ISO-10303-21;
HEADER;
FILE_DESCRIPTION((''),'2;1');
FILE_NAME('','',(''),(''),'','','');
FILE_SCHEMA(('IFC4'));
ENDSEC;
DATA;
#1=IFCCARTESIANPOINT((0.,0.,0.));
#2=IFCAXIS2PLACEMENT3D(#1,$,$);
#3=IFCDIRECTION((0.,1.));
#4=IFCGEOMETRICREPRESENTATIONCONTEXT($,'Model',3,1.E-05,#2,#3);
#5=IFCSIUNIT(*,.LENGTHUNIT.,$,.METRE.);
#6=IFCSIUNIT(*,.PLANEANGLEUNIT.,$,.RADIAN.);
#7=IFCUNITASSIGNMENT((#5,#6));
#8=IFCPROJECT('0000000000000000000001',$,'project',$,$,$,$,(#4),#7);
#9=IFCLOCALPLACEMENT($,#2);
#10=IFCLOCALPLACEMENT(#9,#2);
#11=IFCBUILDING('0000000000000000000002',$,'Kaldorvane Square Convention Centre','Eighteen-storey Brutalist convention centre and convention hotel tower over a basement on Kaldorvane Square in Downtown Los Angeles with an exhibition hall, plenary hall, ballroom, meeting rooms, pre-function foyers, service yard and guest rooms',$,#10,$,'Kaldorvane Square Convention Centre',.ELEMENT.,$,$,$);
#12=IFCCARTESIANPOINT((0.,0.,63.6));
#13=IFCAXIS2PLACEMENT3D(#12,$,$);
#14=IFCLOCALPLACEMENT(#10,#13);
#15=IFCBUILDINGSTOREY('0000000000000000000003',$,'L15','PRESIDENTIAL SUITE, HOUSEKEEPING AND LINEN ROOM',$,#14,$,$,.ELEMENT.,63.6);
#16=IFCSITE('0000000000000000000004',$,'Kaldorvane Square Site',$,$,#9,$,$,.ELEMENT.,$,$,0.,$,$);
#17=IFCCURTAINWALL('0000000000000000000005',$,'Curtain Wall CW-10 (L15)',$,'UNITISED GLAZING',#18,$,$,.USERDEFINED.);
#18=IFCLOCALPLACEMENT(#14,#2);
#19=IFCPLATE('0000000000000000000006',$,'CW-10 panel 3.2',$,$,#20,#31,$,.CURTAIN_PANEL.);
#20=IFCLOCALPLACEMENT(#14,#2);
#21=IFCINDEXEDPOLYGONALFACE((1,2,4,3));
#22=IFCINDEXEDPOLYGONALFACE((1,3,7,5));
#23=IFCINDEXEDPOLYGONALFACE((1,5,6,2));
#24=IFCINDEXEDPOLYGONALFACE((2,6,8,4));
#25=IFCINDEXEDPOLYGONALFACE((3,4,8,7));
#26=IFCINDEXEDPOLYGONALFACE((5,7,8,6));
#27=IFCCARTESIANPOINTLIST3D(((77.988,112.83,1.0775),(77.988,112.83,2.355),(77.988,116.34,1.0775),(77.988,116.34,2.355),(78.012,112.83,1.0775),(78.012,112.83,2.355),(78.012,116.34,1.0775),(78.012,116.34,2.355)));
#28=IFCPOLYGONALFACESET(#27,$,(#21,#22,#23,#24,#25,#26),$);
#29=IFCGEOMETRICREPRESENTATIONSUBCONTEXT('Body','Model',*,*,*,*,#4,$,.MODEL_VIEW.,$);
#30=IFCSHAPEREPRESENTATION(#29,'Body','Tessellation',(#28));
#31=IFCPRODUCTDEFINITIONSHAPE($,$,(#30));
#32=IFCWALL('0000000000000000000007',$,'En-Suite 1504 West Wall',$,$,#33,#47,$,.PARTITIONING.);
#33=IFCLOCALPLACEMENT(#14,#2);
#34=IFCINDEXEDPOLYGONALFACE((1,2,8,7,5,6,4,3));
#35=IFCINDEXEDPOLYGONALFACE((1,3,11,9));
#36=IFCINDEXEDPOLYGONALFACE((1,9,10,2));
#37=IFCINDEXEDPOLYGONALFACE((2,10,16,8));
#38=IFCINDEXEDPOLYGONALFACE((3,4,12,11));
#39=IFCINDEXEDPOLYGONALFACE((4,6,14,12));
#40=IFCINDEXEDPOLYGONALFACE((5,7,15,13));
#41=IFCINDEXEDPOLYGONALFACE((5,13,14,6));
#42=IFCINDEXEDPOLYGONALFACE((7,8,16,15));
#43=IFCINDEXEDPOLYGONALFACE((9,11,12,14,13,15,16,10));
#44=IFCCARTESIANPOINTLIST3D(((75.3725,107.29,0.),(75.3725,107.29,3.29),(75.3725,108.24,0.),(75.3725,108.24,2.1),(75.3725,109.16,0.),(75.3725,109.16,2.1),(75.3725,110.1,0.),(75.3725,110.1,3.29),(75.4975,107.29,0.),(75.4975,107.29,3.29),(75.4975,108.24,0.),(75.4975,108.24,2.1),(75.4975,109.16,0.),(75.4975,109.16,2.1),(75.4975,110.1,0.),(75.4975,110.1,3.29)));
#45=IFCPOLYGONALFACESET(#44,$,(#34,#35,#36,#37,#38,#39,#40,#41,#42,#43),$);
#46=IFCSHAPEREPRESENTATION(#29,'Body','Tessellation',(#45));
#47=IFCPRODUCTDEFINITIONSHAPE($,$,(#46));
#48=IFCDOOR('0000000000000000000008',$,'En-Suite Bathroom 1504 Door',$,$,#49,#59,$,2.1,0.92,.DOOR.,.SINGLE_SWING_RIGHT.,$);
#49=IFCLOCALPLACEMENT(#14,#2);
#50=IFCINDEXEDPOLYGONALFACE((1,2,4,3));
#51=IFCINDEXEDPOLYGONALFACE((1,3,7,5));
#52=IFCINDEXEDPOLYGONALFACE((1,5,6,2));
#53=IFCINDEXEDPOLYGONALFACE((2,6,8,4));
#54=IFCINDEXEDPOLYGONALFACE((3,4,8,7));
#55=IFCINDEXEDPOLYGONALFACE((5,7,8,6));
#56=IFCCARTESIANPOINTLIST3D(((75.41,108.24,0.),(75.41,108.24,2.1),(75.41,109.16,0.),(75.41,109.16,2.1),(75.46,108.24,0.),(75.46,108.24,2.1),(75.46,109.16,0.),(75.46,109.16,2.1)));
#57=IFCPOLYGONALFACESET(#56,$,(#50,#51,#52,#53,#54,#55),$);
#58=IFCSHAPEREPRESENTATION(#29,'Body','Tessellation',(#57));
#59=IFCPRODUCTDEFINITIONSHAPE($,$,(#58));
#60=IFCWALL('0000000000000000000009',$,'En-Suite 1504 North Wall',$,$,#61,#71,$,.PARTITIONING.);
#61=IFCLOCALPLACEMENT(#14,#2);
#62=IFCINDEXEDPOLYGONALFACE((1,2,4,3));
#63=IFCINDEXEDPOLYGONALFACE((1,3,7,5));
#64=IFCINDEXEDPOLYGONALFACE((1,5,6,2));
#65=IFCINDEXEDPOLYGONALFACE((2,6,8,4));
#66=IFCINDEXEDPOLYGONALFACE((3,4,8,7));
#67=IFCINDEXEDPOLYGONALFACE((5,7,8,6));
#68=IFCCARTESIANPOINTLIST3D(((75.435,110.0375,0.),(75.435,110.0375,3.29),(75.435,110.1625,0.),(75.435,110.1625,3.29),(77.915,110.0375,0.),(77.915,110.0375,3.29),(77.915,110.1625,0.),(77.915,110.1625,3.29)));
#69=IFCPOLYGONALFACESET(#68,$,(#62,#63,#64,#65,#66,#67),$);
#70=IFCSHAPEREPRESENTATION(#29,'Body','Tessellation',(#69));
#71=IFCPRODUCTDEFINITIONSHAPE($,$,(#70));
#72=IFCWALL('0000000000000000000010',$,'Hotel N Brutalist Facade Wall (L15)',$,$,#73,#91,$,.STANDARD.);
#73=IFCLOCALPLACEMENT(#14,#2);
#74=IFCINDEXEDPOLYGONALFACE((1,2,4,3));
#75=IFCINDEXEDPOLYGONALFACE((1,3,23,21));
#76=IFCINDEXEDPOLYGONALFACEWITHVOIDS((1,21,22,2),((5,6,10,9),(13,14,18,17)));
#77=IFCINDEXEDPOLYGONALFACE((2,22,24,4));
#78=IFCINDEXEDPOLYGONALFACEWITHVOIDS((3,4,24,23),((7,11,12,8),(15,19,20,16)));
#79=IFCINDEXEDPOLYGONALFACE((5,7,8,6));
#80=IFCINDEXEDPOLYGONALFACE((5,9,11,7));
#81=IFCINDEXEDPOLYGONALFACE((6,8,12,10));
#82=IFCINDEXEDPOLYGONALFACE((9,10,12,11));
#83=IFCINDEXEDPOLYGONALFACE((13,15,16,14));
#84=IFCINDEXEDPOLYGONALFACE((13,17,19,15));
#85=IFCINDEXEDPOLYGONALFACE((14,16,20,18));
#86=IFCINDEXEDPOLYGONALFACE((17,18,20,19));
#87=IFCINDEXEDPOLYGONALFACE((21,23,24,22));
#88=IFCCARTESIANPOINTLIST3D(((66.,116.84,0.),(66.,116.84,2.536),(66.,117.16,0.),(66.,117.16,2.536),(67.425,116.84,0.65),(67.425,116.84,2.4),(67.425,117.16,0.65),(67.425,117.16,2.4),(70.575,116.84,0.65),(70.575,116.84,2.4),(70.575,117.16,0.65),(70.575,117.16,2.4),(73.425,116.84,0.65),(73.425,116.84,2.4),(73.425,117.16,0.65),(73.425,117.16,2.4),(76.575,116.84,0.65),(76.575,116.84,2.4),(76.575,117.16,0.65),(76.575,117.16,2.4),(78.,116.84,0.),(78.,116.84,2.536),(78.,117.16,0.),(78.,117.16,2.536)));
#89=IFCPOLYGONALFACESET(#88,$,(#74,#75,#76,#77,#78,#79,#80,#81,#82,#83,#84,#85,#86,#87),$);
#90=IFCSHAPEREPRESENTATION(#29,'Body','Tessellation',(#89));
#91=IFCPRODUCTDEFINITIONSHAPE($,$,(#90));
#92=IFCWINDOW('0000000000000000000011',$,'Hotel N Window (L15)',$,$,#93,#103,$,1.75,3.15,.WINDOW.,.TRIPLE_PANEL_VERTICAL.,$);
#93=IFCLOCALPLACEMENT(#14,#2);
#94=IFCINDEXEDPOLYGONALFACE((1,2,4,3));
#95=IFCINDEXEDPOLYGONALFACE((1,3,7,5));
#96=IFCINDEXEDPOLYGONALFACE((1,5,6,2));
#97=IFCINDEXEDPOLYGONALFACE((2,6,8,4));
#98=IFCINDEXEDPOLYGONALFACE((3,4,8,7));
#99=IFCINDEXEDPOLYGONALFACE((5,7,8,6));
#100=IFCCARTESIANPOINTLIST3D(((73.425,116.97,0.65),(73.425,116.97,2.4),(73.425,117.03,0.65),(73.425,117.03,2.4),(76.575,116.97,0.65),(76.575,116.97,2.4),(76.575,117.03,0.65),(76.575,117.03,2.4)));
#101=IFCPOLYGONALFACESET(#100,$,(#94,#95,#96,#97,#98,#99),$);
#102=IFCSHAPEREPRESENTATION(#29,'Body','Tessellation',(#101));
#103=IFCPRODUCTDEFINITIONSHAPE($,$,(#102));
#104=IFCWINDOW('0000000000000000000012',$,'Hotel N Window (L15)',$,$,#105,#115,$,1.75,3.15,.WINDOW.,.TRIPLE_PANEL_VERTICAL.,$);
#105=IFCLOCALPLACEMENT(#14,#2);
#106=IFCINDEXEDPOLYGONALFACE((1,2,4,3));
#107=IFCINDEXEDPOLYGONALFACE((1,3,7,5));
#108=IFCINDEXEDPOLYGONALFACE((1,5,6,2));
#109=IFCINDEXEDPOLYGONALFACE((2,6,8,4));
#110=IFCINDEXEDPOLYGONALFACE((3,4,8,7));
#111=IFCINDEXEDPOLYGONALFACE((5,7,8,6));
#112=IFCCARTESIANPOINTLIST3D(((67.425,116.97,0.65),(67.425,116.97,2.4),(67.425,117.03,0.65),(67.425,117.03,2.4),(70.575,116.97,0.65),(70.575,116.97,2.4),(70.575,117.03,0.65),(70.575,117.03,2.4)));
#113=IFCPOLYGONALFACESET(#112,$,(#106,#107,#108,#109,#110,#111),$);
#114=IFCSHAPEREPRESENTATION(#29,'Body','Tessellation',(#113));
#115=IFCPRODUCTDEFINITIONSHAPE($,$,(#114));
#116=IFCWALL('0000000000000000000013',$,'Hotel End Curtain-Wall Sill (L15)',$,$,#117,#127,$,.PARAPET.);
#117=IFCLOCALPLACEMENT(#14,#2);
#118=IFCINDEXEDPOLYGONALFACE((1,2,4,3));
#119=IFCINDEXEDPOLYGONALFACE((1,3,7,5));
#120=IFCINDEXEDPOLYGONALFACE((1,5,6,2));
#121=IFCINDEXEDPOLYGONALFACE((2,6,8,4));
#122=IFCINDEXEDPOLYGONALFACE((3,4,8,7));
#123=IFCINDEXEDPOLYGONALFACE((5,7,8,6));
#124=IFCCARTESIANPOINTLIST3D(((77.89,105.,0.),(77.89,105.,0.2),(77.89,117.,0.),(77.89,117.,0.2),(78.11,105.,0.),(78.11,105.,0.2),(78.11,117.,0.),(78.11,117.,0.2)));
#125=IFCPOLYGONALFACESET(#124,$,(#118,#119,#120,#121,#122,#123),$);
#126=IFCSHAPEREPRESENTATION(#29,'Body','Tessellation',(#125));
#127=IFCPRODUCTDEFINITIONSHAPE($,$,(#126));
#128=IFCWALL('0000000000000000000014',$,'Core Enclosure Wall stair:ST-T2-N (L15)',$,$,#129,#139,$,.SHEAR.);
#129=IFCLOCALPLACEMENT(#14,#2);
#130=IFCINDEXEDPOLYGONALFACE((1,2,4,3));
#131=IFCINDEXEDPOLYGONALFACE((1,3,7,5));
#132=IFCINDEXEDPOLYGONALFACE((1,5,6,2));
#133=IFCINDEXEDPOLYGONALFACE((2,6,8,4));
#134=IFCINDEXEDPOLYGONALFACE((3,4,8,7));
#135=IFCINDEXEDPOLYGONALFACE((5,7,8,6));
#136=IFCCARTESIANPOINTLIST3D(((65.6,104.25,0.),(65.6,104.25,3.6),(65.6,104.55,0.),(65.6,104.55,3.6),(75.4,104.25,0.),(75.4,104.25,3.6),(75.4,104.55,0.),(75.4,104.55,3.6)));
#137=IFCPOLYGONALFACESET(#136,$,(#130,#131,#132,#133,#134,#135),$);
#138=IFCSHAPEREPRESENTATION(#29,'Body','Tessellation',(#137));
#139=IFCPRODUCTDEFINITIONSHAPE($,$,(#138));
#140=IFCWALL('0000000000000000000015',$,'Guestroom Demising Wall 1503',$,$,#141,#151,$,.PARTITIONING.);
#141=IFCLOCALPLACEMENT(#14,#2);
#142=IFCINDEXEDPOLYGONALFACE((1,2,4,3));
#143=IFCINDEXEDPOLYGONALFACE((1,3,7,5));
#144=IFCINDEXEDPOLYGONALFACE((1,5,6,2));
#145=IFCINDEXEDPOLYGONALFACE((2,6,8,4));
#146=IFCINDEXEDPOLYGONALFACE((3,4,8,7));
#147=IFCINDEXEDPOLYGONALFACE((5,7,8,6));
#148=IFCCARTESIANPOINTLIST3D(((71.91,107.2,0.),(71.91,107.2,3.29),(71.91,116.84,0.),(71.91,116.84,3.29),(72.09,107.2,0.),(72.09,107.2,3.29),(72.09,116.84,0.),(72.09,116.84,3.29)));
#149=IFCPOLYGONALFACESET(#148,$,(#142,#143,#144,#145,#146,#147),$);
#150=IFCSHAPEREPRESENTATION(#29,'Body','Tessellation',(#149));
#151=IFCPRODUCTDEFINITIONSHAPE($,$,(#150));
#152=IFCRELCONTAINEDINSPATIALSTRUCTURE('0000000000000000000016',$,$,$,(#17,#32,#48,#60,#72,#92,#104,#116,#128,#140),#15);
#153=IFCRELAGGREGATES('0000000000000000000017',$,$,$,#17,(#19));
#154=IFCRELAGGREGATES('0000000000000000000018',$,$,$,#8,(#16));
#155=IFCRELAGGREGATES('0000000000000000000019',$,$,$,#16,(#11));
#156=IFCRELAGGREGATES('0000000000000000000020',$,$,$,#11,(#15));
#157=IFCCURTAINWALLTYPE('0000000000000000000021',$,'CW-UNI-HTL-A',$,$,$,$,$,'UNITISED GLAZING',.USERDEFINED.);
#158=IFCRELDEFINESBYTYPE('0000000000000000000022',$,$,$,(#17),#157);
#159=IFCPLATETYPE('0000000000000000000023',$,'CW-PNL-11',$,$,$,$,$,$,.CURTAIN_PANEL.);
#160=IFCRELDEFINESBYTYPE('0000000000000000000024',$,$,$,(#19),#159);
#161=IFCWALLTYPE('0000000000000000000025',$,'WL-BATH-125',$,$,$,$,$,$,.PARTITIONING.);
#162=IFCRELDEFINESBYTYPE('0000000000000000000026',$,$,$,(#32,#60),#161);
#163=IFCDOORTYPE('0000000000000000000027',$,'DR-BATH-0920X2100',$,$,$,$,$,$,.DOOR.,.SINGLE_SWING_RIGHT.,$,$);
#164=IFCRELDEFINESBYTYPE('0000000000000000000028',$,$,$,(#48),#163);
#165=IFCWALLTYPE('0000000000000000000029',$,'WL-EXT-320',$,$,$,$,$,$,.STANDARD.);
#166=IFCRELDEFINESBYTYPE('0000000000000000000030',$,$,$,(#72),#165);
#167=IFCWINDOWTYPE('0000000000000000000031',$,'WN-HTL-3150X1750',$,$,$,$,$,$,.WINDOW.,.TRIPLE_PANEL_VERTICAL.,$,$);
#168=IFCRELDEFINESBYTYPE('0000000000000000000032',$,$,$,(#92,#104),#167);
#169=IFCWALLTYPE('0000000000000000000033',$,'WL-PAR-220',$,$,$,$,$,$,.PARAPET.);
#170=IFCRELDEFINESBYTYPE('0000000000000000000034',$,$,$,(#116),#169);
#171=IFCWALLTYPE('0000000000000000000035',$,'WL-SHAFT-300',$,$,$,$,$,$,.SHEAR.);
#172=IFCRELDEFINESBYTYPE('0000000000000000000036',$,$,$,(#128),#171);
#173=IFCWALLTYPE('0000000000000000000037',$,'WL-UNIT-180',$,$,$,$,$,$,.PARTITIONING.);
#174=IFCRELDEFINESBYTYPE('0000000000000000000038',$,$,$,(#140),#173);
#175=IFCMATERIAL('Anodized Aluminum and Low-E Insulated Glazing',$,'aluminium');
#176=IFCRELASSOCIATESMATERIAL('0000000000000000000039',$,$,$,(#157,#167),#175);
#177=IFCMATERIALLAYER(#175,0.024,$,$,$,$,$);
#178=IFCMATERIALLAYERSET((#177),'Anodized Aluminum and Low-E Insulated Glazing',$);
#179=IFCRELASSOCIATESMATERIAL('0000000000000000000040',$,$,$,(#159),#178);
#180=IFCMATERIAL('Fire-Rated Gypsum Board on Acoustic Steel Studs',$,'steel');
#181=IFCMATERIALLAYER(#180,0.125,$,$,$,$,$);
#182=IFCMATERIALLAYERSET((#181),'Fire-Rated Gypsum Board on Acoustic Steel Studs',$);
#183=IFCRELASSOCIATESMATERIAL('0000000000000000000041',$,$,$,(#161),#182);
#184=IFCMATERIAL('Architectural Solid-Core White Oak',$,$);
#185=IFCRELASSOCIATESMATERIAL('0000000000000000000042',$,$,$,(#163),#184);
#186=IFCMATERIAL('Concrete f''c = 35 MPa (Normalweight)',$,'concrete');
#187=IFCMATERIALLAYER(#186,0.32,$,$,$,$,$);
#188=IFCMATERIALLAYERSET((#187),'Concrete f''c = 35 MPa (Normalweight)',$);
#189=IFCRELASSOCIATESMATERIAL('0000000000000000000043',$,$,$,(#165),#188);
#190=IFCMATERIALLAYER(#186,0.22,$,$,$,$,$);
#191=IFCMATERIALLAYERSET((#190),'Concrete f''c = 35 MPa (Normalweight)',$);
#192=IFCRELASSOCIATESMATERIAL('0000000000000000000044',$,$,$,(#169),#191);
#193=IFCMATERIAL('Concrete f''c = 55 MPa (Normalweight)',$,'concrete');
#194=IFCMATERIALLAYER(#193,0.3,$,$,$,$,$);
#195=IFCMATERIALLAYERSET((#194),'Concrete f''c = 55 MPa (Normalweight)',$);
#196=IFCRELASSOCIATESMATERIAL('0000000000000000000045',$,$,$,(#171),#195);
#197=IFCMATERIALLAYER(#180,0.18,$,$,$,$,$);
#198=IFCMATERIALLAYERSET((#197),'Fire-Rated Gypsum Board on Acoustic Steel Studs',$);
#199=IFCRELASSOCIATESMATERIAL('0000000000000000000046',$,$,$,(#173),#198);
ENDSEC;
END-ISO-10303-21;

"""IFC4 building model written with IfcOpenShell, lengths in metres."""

from ifc_helpers import new_model, si_unit, direction, frame, frame_2d, origin, origin_2d, place, context, subcontext, project, spatial, rectangle, extrude, material, layer, layer_set, type_object, element, fill, aggregate, save


model = new_model("IFC4")

# Units and contexts
model_context = context("Model", 3, precision=1e-05, world=origin(), true_north=direction((0.0, 1.0)))
body_context = subcontext(model_context, "Body", "Model", "MODEL_VIEW")
ifc_project = project(units=[si_unit("LENGTHUNIT", "METRE"), si_unit("PLANEANGLEUNIT", "RADIAN")], contexts=[model_context])

# Site, building, storey
site_placement = place(None, origin())
site = spatial("IfcSite", under=ifc_project, at=site_placement, Name="Kaldorvane Square Site", CompositionType="ELEMENT", RefElevation=0.0)
building_placement = place(site_placement, origin())
building = spatial("IfcBuilding", under=site, at=building_placement, Name="Kaldorvane Square Convention Centre", Description="Eighteen-storey Brutalist convention centre and convention hotel tower over a basement on Kaldorvane Square in Downtown Los Angeles with an exhibition hall, plenary hall, ballroom, meeting rooms, pre-function foyers, service yard and guest rooms", LongName="Kaldorvane Square Convention Centre", CompositionType="ELEMENT")
storey_placement = place(building_placement, frame((0.0, 0.0, 63.6)))
storey = spatial("IfcBuildingStorey", under=building, at=storey_placement, Name="L15", Description="PRESIDENTIAL SUITE, HOUSEKEEPING AND LINEN ROOM", CompositionType="ELEMENT", Elevation=63.6)

# Curtain wall, plate
ifc_material_1 = material(Name="Anodized Aluminum and Low-E Insulated Glazing", Category="aluminium")
curtain_wall_type = type_object("IfcCurtainWallType", Name="CW-UNI-HTL-A", ElementType="UNITISED GLAZING", PredefinedType="USERDEFINED", material=ifc_material_1)
curtain_wall_placement = place(storey_placement, origin())
curtain_wall = element("IfcCurtainWall", 1, at=curtain_wall_placement, inside=storey, type_object=curtain_wall_type, Name="Curtain Wall CW-10 (L15)", ObjectType="UNITISED GLAZING", PredefinedType="USERDEFINED")
ifc_layer_1 = layer(ifc_material_1, 0.024)
ifc_layer_set_1 = layer_set([ifc_layer_1], Name="Anodized Aluminum and Low-E Insulated Glazing")
plate_type = type_object("IfcPlateType", Name="CW-PNL-11", PredefinedType="CURTAIN_PANEL", material=ifc_layer_set_1)
plate_1_placement = place(storey_placement, frame((78.0, 114.585, 1.0775), z_axis=(0.0, 0.0, 1.0), x_axis=(0.0, 1.0, 0.0)))
plate_1 = element("IfcPlate", 2, at=plate_1_placement, type_object=plate_type, Name="CW-10 panel 3.2", PredefinedType="CURTAIN_PANEL", context=body_context, shape_type="SweptSolid", body=[
    extrude(rectangle(XDim=3.51, YDim=0.024, at=origin_2d()), origin(), (0.0, 0.0, 1.0), 1.2775),
])
aggregate(curtain_wall, [plate_1])

# Wall, opening, door
ifc_material_2 = material(Name="Fire-Rated Gypsum Board on Acoustic Steel Studs", Category="steel")
ifc_layer_2 = layer(ifc_material_2, 0.125)
ifc_layer_set_2 = layer_set([ifc_layer_2], Name="Fire-Rated Gypsum Board on Acoustic Steel Studs")
wall_type_1 = type_object("IfcWallType", Name="WL-BATH-125", PredefinedType="PARTITIONING", material=ifc_layer_set_2)
wall_1_placement = place(storey_placement, frame((75.435, 107.29, 0.0), z_axis=(0.0, 0.0, 1.0), x_axis=(0.0, 1.0, 0.0)))
wall_1 = element("IfcWall", 3, at=wall_1_placement, inside=storey, type_object=wall_type_1, Name="En-Suite 1504 West Wall", PredefinedType="PARTITIONING", context=body_context, shape_type="SweptSolid", body=[
    extrude(rectangle(XDim=2.81, YDim=0.125, at=frame_2d((1.405, 0.0))), origin(), (0.0, 0.0, 1.0), 3.29),
])
opening_1_placement = place(wall_1_placement, frame((0.95, 0.0, 0.0)))
opening_1 = element("IfcOpeningElement", 4, at=opening_1_placement, cuts=wall_1, PredefinedType="OPENING", context=body_context, shape_type="SweptSolid", body=[
    extrude(rectangle(XDim=0.92, YDim=2.1, at=frame_2d((0.46, 1.05))), frame((0.0, 0.0775, 0.0), z_axis=(0.0, -1.0, 0.0), x_axis=(1.0, 0.0, 0.0)), (0.0, 0.0, 1.0), 0.155),
])
ifc_material_3 = material(Name="Architectural Solid-Core White Oak")
door_type_1 = type_object("IfcDoorType", Name="DR-BATH-0920X2100", OperationType="SINGLE_SWING_RIGHT", PredefinedType="DOOR", material=ifc_material_3)
door_1_placement = place(opening_1_placement, origin())
door_1 = element("IfcDoor", 5, at=door_1_placement, inside=storey, type_object=door_type_1, Name="En-Suite Bathroom 1504 Door", OperationType="SINGLE_SWING_RIGHT", OverallHeight=2.1, OverallWidth=0.92, PredefinedType="DOOR", context=body_context, shape_type="SweptSolid", body=[
    extrude(rectangle(XDim=0.92, YDim=2.1, at=frame_2d((0.46, 1.05))), frame((0.0, 0.025, 0.0), z_axis=(0.0, -1.0, 0.0), x_axis=(1.0, 0.0, 0.0)), (0.0, 0.0, 1.0), 0.05),
])
fill(opening_1, door_1)

# Wall
wall_2_placement = place(storey_placement, frame((75.435, 110.1, 0.0), z_axis=(0.0, 0.0, 1.0), x_axis=(1.0, 0.0, 0.0)))
element("IfcWall", 6, at=wall_2_placement, inside=storey, type_object=wall_type_1, Name="En-Suite 1504 North Wall", PredefinedType="PARTITIONING", context=body_context, shape_type="SweptSolid", body=[
    extrude(rectangle(XDim=2.48, YDim=0.125, at=frame_2d((1.24, 0.0))), origin(), (0.0, 0.0, 1.0), 3.29),
])

# Wall, openings, windows
ifc_material_4 = material(Name="Concrete f'c = 35 MPa (Normalweight)", Category="concrete")
ifc_layer_3 = layer(ifc_material_4, 0.32)
ifc_layer_set_3 = layer_set([ifc_layer_3], Name="Concrete f'c = 35 MPa (Normalweight)")
wall_type_2 = type_object("IfcWallType", Name="WL-EXT-320", PredefinedType="STANDARD", material=ifc_layer_set_3)
wall_3_placement = place(storey_placement, frame((78.0, 117.0, 0.0), z_axis=(0.0, 0.0, 1.0), x_axis=(-1.0, 0.0, 0.0)))
wall_3 = element("IfcWall", 7, at=wall_3_placement, inside=storey, type_object=wall_type_2, Name="Hotel N Brutalist Facade Wall (L15)", PredefinedType="STANDARD", context=body_context, shape_type="SweptSolid", body=[
    extrude(rectangle(XDim=12.0, YDim=0.32, at=frame_2d((6.0, 0.0))), origin(), (0.0, 0.0, 1.0), 2.536),
])
opening_2_placement = place(wall_3_placement, frame((1.425, 0.0, 0.65)))
opening_2 = element("IfcOpeningElement", 8, at=opening_2_placement, cuts=wall_3, PredefinedType="OPENING", context=body_context, shape_type="SweptSolid", body=[
    extrude(rectangle(XDim=3.15, YDim=1.75, at=frame_2d((1.575, 0.875))), frame((0.0, 0.175, 0.0), z_axis=(0.0, -1.0, 0.0), x_axis=(1.0, 0.0, 0.0)), (0.0, 0.0, 1.0), 0.35),
])
opening_3_placement = place(wall_3_placement, frame((7.425, 0.0, 0.65)))
opening_3 = element("IfcOpeningElement", 9, at=opening_3_placement, cuts=wall_3, PredefinedType="OPENING", context=body_context, shape_type="SweptSolid", body=[
    extrude(rectangle(XDim=3.15, YDim=1.75, at=frame_2d((1.575, 0.875))), frame((0.0, 0.175, 0.0), z_axis=(0.0, -1.0, 0.0), x_axis=(1.0, 0.0, 0.0)), (0.0, 0.0, 1.0), 0.35),
])
window_type = type_object("IfcWindowType", Name="WN-HTL-3150X1750", PartitioningType="TRIPLE_PANEL_VERTICAL", PredefinedType="WINDOW", material=ifc_material_1)
window_1_placement = place(opening_2_placement, origin())
window_1 = element("IfcWindow", 10, at=window_1_placement, inside=storey, type_object=window_type, Name="Hotel N Window (L15)", OverallHeight=1.75, OverallWidth=3.15, PartitioningType="TRIPLE_PANEL_VERTICAL", PredefinedType="WINDOW", context=body_context, shape_type="SweptSolid", body=[
    extrude(rectangle(XDim=3.15, YDim=1.75, at=frame_2d((1.575, 0.875))), frame((0.0, 0.03, 0.0), z_axis=(0.0, -1.0, 0.0), x_axis=(1.0, 0.0, 0.0)), (0.0, 0.0, 1.0), 0.06),
])
fill(opening_2, window_1)
window_2_placement = place(opening_3_placement, origin())
window_2 = element("IfcWindow", 11, at=window_2_placement, inside=storey, type_object=window_type, Name="Hotel N Window (L15)", OverallHeight=1.75, OverallWidth=3.15, PartitioningType="TRIPLE_PANEL_VERTICAL", PredefinedType="WINDOW", context=body_context, shape_type="SweptSolid", body=[
    extrude(rectangle(XDim=3.15, YDim=1.75, at=frame_2d((1.575, 0.875))), frame((0.0, 0.03, 0.0), z_axis=(0.0, -1.0, 0.0), x_axis=(1.0, 0.0, 0.0)), (0.0, 0.0, 1.0), 0.06),
])
fill(opening_3, window_2)

# Walls
ifc_layer_4 = layer(ifc_material_4, 0.22)
ifc_layer_set_4 = layer_set([ifc_layer_4], Name="Concrete f'c = 35 MPa (Normalweight)")
wall_type_3 = type_object("IfcWallType", Name="WL-PAR-220", PredefinedType="PARAPET", material=ifc_layer_set_4)
wall_4_placement = place(storey_placement, frame((78.0, 105.0, 0.0), z_axis=(0.0, 0.0, 1.0), x_axis=(0.0, 1.0, 0.0)))
element("IfcWall", 12, at=wall_4_placement, inside=storey, type_object=wall_type_3, Name="Hotel End Curtain-Wall Sill (L15)", PredefinedType="PARAPET", context=body_context, shape_type="SweptSolid", body=[
    extrude(rectangle(XDim=12.0, YDim=0.22, at=frame_2d((6.0, 0.0))), origin(), (0.0, 0.0, 1.0), 0.2),
])
ifc_material_5 = material(Name="Concrete f'c = 55 MPa (Normalweight)", Category="concrete")
ifc_layer_5 = layer(ifc_material_5, 0.3)
ifc_layer_set_5 = layer_set([ifc_layer_5], Name="Concrete f'c = 55 MPa (Normalweight)")
wall_type_4 = type_object("IfcWallType", Name="WL-SHAFT-300", PredefinedType="SHEAR", material=ifc_layer_set_5)
wall_5_placement = place(storey_placement, frame((75.4, 104.4, 0.0), z_axis=(0.0, 0.0, 1.0), x_axis=(-1.0, 0.0, 0.0)))
element("IfcWall", 13, at=wall_5_placement, inside=storey, type_object=wall_type_4, Name="Core Enclosure Wall stair:ST-T2-N (L15)", PredefinedType="SHEAR", context=body_context, shape_type="SweptSolid", body=[
    extrude(rectangle(XDim=9.8, YDim=0.3, at=frame_2d((4.9, 0.0))), origin(), (0.0, 0.0, 1.0), 3.6),
])
ifc_layer_6 = layer(ifc_material_2, 0.18)
ifc_layer_set_6 = layer_set([ifc_layer_6], Name="Fire-Rated Gypsum Board on Acoustic Steel Studs")
wall_type_5 = type_object("IfcWallType", Name="WL-UNIT-180", PredefinedType="PARTITIONING", material=ifc_layer_set_6)
wall_6_placement = place(storey_placement, frame((72.0, 107.2, 0.0), z_axis=(0.0, 0.0, 1.0), x_axis=(0.0, 1.0, 0.0)))
element("IfcWall", 14, at=wall_6_placement, inside=storey, type_object=wall_type_5, Name="Guestroom Demising Wall 1503", PredefinedType="PARTITIONING", context=body_context, shape_type="SweptSolid", body=[
    extrude(rectangle(XDim=9.64, YDim=0.18, at=frame_2d((4.82, 0.0))), origin(), (0.0, 0.0, 1.0), 3.29),
])

save(model, "model.ifc")
